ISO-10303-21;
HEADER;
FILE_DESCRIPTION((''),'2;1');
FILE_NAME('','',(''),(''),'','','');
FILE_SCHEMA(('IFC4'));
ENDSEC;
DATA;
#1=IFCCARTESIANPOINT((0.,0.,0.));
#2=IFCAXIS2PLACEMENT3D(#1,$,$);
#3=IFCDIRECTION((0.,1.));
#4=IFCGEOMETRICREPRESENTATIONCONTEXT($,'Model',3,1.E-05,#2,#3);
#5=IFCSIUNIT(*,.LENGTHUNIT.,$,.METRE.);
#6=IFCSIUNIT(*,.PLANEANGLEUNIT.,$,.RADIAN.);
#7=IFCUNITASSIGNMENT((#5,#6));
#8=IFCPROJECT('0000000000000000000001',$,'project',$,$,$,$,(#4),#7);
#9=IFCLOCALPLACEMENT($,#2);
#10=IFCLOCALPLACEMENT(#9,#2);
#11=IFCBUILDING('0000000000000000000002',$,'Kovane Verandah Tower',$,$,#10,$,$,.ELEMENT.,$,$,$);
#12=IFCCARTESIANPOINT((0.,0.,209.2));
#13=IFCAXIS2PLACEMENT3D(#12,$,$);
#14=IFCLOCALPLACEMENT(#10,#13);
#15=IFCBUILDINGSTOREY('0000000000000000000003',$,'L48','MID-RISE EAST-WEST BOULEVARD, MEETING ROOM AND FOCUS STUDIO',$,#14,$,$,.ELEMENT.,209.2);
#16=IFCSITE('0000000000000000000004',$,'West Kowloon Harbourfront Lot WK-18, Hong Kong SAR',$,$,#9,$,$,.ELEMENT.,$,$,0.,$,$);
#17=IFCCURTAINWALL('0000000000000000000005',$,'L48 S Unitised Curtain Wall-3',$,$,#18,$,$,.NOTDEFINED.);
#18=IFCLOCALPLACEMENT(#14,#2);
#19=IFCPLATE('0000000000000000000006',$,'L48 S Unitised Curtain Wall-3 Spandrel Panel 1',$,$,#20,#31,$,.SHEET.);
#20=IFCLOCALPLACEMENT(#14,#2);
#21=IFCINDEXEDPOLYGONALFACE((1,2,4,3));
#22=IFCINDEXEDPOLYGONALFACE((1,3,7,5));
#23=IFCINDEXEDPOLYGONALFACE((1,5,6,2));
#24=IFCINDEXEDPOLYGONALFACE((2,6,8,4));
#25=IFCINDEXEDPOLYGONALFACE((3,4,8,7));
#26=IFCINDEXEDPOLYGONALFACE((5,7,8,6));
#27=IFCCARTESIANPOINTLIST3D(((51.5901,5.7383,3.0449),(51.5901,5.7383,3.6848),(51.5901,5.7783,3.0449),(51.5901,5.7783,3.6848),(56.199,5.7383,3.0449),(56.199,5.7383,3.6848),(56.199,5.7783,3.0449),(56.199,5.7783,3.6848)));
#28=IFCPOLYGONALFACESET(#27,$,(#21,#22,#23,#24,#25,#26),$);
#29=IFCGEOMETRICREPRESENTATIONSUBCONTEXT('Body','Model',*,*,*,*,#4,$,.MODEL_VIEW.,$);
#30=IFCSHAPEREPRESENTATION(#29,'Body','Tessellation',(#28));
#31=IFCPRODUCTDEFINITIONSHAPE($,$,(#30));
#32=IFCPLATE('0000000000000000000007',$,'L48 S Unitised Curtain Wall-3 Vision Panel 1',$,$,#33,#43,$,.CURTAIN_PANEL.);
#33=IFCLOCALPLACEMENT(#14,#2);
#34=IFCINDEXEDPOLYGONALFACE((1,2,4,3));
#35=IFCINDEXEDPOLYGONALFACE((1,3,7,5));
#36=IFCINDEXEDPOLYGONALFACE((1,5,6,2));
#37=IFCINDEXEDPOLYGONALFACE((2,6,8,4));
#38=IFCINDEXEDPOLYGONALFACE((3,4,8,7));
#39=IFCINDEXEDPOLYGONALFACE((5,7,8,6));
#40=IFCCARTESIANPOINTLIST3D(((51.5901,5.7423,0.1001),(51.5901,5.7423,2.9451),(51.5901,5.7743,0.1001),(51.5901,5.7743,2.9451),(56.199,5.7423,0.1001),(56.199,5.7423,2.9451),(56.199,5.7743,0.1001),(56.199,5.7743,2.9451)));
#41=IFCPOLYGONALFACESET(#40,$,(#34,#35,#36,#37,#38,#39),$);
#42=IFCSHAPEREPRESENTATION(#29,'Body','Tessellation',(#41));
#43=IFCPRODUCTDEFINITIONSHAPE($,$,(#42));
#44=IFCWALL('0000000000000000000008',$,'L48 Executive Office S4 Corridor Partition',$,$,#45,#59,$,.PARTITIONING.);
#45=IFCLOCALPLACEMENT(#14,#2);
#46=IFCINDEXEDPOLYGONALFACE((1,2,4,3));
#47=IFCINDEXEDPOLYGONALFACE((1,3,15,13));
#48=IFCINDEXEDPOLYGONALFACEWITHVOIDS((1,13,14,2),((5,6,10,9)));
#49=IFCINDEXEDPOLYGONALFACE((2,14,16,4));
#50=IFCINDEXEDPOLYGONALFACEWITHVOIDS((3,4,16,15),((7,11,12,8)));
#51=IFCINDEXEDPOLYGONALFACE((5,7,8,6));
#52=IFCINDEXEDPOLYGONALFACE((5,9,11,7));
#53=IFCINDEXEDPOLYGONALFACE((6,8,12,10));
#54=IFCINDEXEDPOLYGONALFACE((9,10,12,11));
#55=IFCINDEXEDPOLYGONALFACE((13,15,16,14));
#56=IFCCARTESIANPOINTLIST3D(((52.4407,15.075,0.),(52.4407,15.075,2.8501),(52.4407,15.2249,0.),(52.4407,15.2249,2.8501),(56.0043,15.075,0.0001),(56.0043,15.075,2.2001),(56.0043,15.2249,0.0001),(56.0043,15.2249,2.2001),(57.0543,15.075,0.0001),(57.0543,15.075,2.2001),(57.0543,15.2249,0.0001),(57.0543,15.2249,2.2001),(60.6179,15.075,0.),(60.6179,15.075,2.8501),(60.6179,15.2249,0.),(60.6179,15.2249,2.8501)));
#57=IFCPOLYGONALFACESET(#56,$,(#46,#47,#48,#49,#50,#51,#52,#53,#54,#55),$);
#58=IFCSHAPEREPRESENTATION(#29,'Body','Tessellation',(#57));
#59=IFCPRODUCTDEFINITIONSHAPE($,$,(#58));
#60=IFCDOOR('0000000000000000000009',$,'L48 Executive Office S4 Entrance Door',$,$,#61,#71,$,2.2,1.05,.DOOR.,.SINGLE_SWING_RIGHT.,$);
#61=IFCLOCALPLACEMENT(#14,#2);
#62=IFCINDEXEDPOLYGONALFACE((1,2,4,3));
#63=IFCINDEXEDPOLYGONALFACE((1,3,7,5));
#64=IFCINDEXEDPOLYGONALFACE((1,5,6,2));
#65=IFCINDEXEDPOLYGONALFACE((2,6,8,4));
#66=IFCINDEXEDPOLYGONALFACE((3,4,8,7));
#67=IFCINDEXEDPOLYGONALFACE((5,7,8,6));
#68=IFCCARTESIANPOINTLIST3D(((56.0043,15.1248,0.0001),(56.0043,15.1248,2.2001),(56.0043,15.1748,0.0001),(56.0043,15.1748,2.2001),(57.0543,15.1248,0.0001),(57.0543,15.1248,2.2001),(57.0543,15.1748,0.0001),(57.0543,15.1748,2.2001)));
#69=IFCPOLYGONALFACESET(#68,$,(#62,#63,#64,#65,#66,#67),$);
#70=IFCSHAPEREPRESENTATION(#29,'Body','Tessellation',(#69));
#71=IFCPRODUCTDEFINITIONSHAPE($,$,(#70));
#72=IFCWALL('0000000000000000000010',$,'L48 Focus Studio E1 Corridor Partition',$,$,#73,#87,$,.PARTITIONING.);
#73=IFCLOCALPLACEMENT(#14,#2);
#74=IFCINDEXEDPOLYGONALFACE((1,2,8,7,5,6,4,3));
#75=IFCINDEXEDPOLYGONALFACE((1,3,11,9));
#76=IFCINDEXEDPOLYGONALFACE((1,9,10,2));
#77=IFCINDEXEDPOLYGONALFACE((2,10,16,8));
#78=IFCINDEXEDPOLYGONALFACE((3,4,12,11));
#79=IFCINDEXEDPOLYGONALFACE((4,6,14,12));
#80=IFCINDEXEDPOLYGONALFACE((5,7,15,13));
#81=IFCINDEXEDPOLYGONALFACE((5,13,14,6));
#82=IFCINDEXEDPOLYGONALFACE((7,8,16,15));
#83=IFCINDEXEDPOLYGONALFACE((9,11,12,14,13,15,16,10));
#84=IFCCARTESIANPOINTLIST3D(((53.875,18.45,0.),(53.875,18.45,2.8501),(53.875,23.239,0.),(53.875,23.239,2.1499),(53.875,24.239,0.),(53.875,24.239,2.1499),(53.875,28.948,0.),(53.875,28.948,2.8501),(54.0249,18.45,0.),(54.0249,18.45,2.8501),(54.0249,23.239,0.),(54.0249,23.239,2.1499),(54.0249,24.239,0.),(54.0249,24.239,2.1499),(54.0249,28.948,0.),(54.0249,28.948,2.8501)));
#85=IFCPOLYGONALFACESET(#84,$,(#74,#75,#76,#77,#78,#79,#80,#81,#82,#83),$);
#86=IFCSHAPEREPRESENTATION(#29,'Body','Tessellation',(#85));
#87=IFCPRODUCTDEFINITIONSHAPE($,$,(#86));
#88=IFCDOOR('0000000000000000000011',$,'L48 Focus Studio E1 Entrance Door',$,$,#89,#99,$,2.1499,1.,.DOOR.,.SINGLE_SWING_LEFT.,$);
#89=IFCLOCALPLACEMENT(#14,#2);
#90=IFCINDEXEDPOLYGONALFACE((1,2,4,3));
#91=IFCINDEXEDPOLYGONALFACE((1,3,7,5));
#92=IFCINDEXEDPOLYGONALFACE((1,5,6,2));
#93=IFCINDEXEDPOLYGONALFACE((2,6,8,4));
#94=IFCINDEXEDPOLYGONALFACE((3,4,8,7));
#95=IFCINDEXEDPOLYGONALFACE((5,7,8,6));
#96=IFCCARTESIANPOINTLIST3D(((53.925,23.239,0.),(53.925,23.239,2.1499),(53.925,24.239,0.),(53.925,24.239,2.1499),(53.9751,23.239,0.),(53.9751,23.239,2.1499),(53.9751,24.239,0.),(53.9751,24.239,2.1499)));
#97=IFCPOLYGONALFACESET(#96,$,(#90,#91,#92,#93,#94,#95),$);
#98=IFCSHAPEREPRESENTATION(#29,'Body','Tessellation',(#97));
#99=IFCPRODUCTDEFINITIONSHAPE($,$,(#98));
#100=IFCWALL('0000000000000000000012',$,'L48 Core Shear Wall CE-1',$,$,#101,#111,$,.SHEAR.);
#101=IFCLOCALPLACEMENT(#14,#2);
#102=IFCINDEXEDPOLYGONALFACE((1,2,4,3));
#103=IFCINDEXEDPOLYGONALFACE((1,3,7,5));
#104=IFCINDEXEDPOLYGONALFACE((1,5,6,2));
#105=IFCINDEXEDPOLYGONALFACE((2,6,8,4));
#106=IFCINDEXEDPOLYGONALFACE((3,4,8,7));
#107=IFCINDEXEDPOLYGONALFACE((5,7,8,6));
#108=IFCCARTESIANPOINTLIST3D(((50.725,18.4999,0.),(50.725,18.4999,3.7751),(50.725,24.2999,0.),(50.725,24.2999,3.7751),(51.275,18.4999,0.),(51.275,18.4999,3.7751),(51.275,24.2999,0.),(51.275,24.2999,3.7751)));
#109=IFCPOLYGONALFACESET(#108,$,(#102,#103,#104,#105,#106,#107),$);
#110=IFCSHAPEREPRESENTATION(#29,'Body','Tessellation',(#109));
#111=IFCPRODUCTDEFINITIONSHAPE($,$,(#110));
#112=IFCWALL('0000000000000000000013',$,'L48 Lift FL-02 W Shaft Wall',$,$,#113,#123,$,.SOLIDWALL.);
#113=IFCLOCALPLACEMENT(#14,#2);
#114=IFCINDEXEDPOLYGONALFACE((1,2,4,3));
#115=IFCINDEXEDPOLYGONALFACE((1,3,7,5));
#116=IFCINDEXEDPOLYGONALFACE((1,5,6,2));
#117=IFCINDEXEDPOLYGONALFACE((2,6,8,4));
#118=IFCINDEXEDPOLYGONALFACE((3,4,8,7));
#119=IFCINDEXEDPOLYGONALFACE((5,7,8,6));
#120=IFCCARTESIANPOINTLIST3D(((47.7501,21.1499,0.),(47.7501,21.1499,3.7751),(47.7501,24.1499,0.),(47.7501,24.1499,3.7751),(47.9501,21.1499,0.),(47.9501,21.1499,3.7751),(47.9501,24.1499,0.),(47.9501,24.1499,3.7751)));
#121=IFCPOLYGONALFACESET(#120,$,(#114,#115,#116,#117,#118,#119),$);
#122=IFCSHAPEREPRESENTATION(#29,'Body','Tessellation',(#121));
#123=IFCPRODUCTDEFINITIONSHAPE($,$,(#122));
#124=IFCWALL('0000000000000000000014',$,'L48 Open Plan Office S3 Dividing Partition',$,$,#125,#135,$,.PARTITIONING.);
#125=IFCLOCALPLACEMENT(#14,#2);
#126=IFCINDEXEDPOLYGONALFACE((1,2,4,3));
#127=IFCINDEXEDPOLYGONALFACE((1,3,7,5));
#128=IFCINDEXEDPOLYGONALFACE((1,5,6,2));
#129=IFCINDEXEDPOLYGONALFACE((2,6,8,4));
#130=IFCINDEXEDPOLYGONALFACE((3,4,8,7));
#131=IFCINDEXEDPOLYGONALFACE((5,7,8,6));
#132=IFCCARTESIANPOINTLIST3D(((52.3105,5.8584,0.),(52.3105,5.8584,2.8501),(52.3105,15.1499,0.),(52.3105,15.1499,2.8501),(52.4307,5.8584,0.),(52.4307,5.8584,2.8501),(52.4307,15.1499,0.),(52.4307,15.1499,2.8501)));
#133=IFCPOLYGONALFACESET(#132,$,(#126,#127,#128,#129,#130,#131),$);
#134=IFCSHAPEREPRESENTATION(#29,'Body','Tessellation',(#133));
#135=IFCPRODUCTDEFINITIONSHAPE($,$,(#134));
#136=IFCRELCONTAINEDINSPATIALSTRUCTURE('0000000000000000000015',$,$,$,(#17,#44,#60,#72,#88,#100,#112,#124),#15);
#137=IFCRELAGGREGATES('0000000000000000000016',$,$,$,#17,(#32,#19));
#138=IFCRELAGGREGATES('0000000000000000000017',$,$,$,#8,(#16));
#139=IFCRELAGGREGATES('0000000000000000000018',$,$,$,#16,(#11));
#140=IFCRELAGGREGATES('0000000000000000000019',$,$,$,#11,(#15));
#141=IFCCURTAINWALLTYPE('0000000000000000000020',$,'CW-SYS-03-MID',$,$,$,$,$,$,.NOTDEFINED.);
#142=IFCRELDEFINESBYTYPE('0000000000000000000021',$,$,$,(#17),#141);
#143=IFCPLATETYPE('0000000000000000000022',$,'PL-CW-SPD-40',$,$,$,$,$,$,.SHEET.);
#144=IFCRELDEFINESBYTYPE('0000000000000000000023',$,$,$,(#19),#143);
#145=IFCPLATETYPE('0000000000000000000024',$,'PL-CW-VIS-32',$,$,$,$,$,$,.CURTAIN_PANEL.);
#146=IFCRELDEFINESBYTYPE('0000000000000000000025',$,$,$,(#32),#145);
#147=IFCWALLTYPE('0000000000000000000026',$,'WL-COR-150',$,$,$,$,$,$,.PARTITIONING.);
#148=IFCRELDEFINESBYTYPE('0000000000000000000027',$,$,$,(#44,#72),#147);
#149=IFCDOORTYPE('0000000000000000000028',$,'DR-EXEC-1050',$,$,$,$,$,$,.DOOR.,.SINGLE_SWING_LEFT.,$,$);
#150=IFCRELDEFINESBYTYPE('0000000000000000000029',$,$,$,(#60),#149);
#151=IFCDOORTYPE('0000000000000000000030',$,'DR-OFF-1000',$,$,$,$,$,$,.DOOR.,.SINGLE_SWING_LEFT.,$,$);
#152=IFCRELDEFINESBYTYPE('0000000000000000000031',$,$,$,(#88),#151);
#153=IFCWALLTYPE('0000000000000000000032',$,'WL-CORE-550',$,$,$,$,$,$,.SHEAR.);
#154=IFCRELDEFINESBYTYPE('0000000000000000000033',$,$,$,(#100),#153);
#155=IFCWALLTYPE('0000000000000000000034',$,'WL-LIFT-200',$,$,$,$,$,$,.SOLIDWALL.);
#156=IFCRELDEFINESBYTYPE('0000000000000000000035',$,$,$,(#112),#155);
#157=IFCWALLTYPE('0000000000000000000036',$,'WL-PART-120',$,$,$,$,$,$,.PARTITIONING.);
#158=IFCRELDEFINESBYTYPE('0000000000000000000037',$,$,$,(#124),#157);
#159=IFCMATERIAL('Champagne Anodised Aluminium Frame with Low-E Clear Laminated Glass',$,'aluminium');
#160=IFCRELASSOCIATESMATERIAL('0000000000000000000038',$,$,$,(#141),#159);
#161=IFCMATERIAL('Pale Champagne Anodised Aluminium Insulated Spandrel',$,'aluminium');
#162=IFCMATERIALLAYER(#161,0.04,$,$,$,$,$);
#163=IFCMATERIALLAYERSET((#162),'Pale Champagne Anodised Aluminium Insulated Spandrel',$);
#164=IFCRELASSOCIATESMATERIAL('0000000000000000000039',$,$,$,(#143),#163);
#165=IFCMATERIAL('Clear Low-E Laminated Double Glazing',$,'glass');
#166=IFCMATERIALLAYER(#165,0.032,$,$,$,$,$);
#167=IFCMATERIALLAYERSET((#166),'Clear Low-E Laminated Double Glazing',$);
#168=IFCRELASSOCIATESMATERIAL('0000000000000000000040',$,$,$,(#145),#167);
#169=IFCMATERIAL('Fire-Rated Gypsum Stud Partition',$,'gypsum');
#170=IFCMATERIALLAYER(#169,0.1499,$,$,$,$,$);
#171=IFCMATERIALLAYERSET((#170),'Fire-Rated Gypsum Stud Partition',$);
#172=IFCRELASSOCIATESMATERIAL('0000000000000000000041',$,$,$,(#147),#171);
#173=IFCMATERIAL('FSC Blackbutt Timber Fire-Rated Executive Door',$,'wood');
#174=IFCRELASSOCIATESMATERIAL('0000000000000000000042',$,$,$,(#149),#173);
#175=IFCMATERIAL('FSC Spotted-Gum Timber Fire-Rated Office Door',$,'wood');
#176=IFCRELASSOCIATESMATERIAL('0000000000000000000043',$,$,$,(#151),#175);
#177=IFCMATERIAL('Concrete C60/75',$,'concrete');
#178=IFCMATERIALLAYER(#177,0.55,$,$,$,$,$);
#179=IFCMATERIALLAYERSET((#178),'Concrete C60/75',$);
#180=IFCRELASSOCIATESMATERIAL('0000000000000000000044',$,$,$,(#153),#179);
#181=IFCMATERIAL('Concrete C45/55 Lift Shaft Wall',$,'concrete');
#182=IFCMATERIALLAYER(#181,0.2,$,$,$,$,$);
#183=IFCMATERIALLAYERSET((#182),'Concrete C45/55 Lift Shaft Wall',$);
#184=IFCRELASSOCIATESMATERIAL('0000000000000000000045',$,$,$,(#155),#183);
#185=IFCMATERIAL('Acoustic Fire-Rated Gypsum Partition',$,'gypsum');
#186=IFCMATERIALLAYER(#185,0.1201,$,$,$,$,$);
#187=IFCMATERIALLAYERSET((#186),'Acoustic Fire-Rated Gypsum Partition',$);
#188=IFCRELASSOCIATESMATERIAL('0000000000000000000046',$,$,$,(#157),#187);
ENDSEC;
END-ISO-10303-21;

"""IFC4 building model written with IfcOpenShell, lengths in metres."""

from ifc_helpers import new_model, si_unit, direction, frame, frame_2d, origin, origin_2d, place, context, subcontext, project, spatial, rectangle, extrude, material, layer, layer_set, type_object, element, fill, aggregate, save


model = new_model("IFC4")

# Units and contexts
model_context = context("Model", 3, precision=1e-05, world=origin(), true_north=direction((0.0, 1.0)))
body_context = subcontext(model_context, "Body", "Model", "MODEL_VIEW")
ifc_project = project(units=[si_unit("LENGTHUNIT", "METRE"), si_unit("PLANEANGLEUNIT", "RADIAN")], contexts=[model_context])

# Site, building, storey
site_placement = place(None, origin())
site = spatial("IfcSite", under=ifc_project, at=site_placement, Name="West Kowloon Harbourfront Lot WK-18, Hong Kong SAR", CompositionType="ELEMENT", RefElevation=0.0)
building_placement = place(site_placement, origin())
building = spatial("IfcBuilding", under=site, at=building_placement, Name="Kovane Verandah Tower", CompositionType="ELEMENT")
storey_placement = place(building_placement, frame((0.0, 0.0, 209.2)))
storey = spatial("IfcBuildingStorey", under=building, at=storey_placement, Name="L48", Description="MID-RISE EAST-WEST BOULEVARD, MEETING ROOM AND FOCUS STUDIO", CompositionType="ELEMENT", Elevation=209.2)

# Shared definitions
ifc_material_1 = material(Name="Concrete C60/75", Category="concrete")

# Shared definitions
ifc_material_2 = material(Name="Champagne Anodised Aluminium Frame with Low-E Clear Laminated Glass", Category="aluminium")
curtain_wall_type = type_object("IfcCurtainWallType", Name="CW-SYS-03-MID", PredefinedType="NOTDEFINED", material=ifc_material_2)

# Curtain wall, plates
curtain_wall_1_placement = place(storey_placement, origin())
curtain_wall_1 = element("IfcCurtainWall", 1, at=curtain_wall_1_placement, inside=storey, type_object=curtain_wall_type, Name="L48 S Unitised Curtain Wall-3", PredefinedType="NOTDEFINED")
ifc_material_3 = material(Name="Pale Champagne Anodised Aluminium Insulated Spandrel", Category="aluminium")
ifc_layer_1 = layer(ifc_material_3, 0.04)
ifc_layer_set_1 = layer_set([ifc_layer_1], Name="Pale Champagne Anodised Aluminium Insulated Spandrel")
plate_type_1 = type_object("IfcPlateType", Name="PL-CW-SPD-40", PredefinedType="SHEET", material=ifc_layer_set_1)
plate_1_placement = place(storey_placement, frame((53.8945, 5.7583, 3.0449), z_axis=(0.0, 0.0, 1.0), x_axis=(1.0, 0.0, 0.0)))
plate_1 = element("IfcPlate", 2, at=plate_1_placement, type_object=plate_type_1, Name="L48 S Unitised Curtain Wall-3 Spandrel Panel 1", PredefinedType="SHEET", context=body_context, shape_type="SweptSolid", body=[
    extrude(rectangle(XDim=4.6089, YDim=0.04, at=origin_2d()), origin(), (0.0, 0.0, 1.0), 0.6399),
])
ifc_material_4 = material(Name="Clear Low-E Laminated Double Glazing", Category="glass")
ifc_layer_2 = layer(ifc_material_4, 0.032)
ifc_layer_set_2 = layer_set([ifc_layer_2], Name="Clear Low-E Laminated Double Glazing")
plate_type_2 = type_object("IfcPlateType", Name="PL-CW-VIS-32", PredefinedType="CURTAIN_PANEL", material=ifc_layer_set_2)
plate_2_placement = place(storey_placement, frame((53.8945, 5.7583, 0.1001), z_axis=(0.0, 0.0, 1.0), x_axis=(1.0, 0.0, 0.0)))
plate_2 = element("IfcPlate", 3, at=plate_2_placement, type_object=plate_type_2, Name="L48 S Unitised Curtain Wall-3 Vision Panel 1", PredefinedType="CURTAIN_PANEL", context=body_context, shape_type="SweptSolid", body=[
    extrude(rectangle(XDim=4.6089, YDim=0.032, at=origin_2d()), origin(), (0.0, 0.0, 1.0), 2.845),
])
aggregate(curtain_wall_1, [plate_2, plate_1])

# Walls, openings, doors
ifc_material_5 = material(Name="Fire-Rated Gypsum Stud Partition", Category="gypsum")
ifc_layer_3 = layer(ifc_material_5, 0.1499)
ifc_layer_set_3 = layer_set([ifc_layer_3], Name="Fire-Rated Gypsum Stud Partition")
wall_type_1 = type_object("IfcWallType", Name="WL-COR-150", PredefinedType="PARTITIONING", material=ifc_layer_set_3)
wall_1_placement = place(storey_placement, frame((52.4407, 15.1499, 0.0), z_axis=(0.0, 0.0, 1.0), x_axis=(1.0, 0.0, 0.0)))
wall_1 = element("IfcWall", 4, at=wall_1_placement, inside=storey, type_object=wall_type_1, Name="L48 Executive Office S4 Corridor Partition", PredefinedType="PARTITIONING", context=body_context, shape_type="SweptSolid", body=[
    extrude(rectangle(XDim=8.1772, YDim=0.1499, at=frame_2d((4.0886, 0.0))), origin(), (0.0, 0.0, 1.0), 2.8501),
])
opening_1_placement = place(wall_1_placement, frame((3.5637, 0.0, 0.0)))
opening_1 = element("IfcOpeningElement", 5, at=opening_1_placement, cuts=wall_1, PredefinedType="OPENING", context=body_context, shape_type="SweptSolid", body=[
    extrude(rectangle(XDim=1.05, YDim=2.2, at=frame_2d((0.5249, 1.1001))), frame((0.0, 0.075, 0.0), z_axis=(0.0, -1.0, 0.0), x_axis=(1.0, 0.0, 0.0)), (0.0, 0.0, 1.0), 0.1499),
])
ifc_material_6 = material(Name="FSC Blackbutt Timber Fire-Rated Executive Door", Category="wood")
door_type_1 = type_object("IfcDoorType", Name="DR-EXEC-1050", OperationType="SINGLE_SWING_LEFT", PredefinedType="DOOR", material=ifc_material_6)
door_1_placement = place(opening_1_placement, origin())
door_1 = element("IfcDoor", 6, at=door_1_placement, inside=storey, type_object=door_type_1, Name="L48 Executive Office S4 Entrance Door", OperationType="SINGLE_SWING_RIGHT", OverallHeight=2.2, OverallWidth=1.05, PredefinedType="DOOR", context=body_context, shape_type="SweptSolid", body=[
    extrude(rectangle(XDim=1.05, YDim=2.2, at=frame_2d((0.5249, 1.1001))), frame((0.0, 0.0249, 0.0), z_axis=(0.0, -1.0, 0.0), x_axis=(1.0, 0.0, 0.0)), (0.0, 0.0, 1.0), 0.05),
])
fill(opening_1, door_1)
wall_2_placement = place(storey_placement, frame((53.95, 18.45, 0.0), z_axis=(0.0, 0.0, 1.0), x_axis=(0.0, 1.0, 0.0)))
wall_2 = element("IfcWall", 7, at=wall_2_placement, inside=storey, type_object=wall_type_1, Name="L48 Focus Studio E1 Corridor Partition", PredefinedType="PARTITIONING", context=body_context, shape_type="SweptSolid", body=[
    extrude(rectangle(XDim=10.498, YDim=0.1499, at=frame_2d((5.249, 0.0))), origin(), (0.0, 0.0, 1.0), 2.8501),
])
opening_2_placement = place(wall_2_placement, frame((4.7891, 0.0, 0.0)))
opening_2 = element("IfcOpeningElement", 8, at=opening_2_placement, cuts=wall_2, PredefinedType="OPENING", context=body_context, shape_type="SweptSolid", body=[
    extrude(rectangle(XDim=1.0, YDim=2.1499, at=frame_2d((0.5, 1.075))), frame((0.0, 0.075, 0.0), z_axis=(0.0, -1.0, 0.0), x_axis=(1.0, 0.0, 0.0)), (0.0, 0.0, 1.0), 0.1499),
])
ifc_material_7 = material(Name="FSC Spotted-Gum Timber Fire-Rated Office Door", Category="wood")
door_type_2 = type_object("IfcDoorType", Name="DR-OFF-1000", OperationType="SINGLE_SWING_LEFT", PredefinedType="DOOR", material=ifc_material_7)
door_2_placement = place(opening_2_placement, origin())
door_2 = element("IfcDoor", 9, at=door_2_placement, inside=storey, type_object=door_type_2, Name="L48 Focus Studio E1 Entrance Door", OperationType="SINGLE_SWING_LEFT", OverallHeight=2.1499, OverallWidth=1.0, PredefinedType="DOOR", context=body_context, shape_type="SweptSolid", body=[
    extrude(rectangle(XDim=1.0, YDim=2.1499, at=frame_2d((0.5, 1.075))), frame((0.0, 0.0249, 0.0), z_axis=(0.0, -1.0, 0.0), x_axis=(1.0, 0.0, 0.0)), (0.0, 0.0, 1.0), 0.05),
])
fill(opening_2, door_2)

# Wall
ifc_layer_4 = layer(ifc_material_1, 0.55)
ifc_layer_set_4 = layer_set([ifc_layer_4], Name="Concrete C60/75")
wall_type_2 = type_object("IfcWallType", Name="WL-CORE-550", PredefinedType="SHEAR", material=ifc_layer_set_4)
wall_3_placement = place(storey_placement, frame((51.0, 18.5, 0.0), z_axis=(0.0, 0.0, 1.0), x_axis=(0.0, 1.0, 0.0)))
element("IfcWall", 10, at=wall_3_placement, inside=storey, type_object=wall_type_2, Name="L48 Core Shear Wall CE-1", PredefinedType="SHEAR", context=body_context, shape_type="SweptSolid", body=[
    extrude(rectangle(XDim=5.8, YDim=0.55, at=frame_2d((2.8999, 0.0))), origin(), (0.0, 0.0, 1.0), 3.7751),
])

# Shared definitions
ifc_material_8 = material(Name="Concrete C45/55 Lift Shaft Wall", Category="concrete")
ifc_layer_5 = layer(ifc_material_8, 0.2)
ifc_layer_set_5 = layer_set([ifc_layer_5], Name="Concrete C45/55 Lift Shaft Wall")
wall_type_3 = type_object("IfcWallType", Name="WL-LIFT-200", PredefinedType="SOLIDWALL", material=ifc_layer_set_5)

# Walls
wall_4_placement = place(storey_placement, frame((47.8501, 24.1499, 0.0), z_axis=(0.0, 0.0, 1.0), x_axis=(0.0, -1.0, 0.0)))
element("IfcWall", 11, at=wall_4_placement, inside=storey, type_object=wall_type_3, Name="L48 Lift FL-02 W Shaft Wall", PredefinedType="SOLIDWALL", context=body_context, shape_type="SweptSolid", body=[
    extrude(rectangle(XDim=3.0, YDim=0.2, at=frame_2d((1.5, 0.0))), origin(), (0.0, 0.0, 1.0), 3.7751),
])
ifc_material_9 = material(Name="Acoustic Fire-Rated Gypsum Partition", Category="gypsum")
ifc_layer_6 = layer(ifc_material_9, 0.1201)
ifc_layer_set_6 = layer_set([ifc_layer_6], Name="Acoustic Fire-Rated Gypsum Partition")
wall_type_4 = type_object("IfcWallType", Name="WL-PART-120", PredefinedType="PARTITIONING", material=ifc_layer_set_6)
wall_5_placement = place(storey_placement, frame((52.3706, 5.8584, 0.0), z_axis=(0.0, 0.0, 1.0), x_axis=(0.0, 1.0, 0.0)))
element("IfcWall", 12, at=wall_5_placement, inside=storey, type_object=wall_type_4, Name="L48 Open Plan Office S3 Dividing Partition", PredefinedType="PARTITIONING", context=body_context, shape_type="SweptSolid", body=[
    extrude(rectangle(XDim=9.2915, YDim=0.1201, at=frame_2d((4.6458, 0.0))), origin(), (0.0, 0.0, 1.0), 2.8501),
])

save(model, "model.ifc")
